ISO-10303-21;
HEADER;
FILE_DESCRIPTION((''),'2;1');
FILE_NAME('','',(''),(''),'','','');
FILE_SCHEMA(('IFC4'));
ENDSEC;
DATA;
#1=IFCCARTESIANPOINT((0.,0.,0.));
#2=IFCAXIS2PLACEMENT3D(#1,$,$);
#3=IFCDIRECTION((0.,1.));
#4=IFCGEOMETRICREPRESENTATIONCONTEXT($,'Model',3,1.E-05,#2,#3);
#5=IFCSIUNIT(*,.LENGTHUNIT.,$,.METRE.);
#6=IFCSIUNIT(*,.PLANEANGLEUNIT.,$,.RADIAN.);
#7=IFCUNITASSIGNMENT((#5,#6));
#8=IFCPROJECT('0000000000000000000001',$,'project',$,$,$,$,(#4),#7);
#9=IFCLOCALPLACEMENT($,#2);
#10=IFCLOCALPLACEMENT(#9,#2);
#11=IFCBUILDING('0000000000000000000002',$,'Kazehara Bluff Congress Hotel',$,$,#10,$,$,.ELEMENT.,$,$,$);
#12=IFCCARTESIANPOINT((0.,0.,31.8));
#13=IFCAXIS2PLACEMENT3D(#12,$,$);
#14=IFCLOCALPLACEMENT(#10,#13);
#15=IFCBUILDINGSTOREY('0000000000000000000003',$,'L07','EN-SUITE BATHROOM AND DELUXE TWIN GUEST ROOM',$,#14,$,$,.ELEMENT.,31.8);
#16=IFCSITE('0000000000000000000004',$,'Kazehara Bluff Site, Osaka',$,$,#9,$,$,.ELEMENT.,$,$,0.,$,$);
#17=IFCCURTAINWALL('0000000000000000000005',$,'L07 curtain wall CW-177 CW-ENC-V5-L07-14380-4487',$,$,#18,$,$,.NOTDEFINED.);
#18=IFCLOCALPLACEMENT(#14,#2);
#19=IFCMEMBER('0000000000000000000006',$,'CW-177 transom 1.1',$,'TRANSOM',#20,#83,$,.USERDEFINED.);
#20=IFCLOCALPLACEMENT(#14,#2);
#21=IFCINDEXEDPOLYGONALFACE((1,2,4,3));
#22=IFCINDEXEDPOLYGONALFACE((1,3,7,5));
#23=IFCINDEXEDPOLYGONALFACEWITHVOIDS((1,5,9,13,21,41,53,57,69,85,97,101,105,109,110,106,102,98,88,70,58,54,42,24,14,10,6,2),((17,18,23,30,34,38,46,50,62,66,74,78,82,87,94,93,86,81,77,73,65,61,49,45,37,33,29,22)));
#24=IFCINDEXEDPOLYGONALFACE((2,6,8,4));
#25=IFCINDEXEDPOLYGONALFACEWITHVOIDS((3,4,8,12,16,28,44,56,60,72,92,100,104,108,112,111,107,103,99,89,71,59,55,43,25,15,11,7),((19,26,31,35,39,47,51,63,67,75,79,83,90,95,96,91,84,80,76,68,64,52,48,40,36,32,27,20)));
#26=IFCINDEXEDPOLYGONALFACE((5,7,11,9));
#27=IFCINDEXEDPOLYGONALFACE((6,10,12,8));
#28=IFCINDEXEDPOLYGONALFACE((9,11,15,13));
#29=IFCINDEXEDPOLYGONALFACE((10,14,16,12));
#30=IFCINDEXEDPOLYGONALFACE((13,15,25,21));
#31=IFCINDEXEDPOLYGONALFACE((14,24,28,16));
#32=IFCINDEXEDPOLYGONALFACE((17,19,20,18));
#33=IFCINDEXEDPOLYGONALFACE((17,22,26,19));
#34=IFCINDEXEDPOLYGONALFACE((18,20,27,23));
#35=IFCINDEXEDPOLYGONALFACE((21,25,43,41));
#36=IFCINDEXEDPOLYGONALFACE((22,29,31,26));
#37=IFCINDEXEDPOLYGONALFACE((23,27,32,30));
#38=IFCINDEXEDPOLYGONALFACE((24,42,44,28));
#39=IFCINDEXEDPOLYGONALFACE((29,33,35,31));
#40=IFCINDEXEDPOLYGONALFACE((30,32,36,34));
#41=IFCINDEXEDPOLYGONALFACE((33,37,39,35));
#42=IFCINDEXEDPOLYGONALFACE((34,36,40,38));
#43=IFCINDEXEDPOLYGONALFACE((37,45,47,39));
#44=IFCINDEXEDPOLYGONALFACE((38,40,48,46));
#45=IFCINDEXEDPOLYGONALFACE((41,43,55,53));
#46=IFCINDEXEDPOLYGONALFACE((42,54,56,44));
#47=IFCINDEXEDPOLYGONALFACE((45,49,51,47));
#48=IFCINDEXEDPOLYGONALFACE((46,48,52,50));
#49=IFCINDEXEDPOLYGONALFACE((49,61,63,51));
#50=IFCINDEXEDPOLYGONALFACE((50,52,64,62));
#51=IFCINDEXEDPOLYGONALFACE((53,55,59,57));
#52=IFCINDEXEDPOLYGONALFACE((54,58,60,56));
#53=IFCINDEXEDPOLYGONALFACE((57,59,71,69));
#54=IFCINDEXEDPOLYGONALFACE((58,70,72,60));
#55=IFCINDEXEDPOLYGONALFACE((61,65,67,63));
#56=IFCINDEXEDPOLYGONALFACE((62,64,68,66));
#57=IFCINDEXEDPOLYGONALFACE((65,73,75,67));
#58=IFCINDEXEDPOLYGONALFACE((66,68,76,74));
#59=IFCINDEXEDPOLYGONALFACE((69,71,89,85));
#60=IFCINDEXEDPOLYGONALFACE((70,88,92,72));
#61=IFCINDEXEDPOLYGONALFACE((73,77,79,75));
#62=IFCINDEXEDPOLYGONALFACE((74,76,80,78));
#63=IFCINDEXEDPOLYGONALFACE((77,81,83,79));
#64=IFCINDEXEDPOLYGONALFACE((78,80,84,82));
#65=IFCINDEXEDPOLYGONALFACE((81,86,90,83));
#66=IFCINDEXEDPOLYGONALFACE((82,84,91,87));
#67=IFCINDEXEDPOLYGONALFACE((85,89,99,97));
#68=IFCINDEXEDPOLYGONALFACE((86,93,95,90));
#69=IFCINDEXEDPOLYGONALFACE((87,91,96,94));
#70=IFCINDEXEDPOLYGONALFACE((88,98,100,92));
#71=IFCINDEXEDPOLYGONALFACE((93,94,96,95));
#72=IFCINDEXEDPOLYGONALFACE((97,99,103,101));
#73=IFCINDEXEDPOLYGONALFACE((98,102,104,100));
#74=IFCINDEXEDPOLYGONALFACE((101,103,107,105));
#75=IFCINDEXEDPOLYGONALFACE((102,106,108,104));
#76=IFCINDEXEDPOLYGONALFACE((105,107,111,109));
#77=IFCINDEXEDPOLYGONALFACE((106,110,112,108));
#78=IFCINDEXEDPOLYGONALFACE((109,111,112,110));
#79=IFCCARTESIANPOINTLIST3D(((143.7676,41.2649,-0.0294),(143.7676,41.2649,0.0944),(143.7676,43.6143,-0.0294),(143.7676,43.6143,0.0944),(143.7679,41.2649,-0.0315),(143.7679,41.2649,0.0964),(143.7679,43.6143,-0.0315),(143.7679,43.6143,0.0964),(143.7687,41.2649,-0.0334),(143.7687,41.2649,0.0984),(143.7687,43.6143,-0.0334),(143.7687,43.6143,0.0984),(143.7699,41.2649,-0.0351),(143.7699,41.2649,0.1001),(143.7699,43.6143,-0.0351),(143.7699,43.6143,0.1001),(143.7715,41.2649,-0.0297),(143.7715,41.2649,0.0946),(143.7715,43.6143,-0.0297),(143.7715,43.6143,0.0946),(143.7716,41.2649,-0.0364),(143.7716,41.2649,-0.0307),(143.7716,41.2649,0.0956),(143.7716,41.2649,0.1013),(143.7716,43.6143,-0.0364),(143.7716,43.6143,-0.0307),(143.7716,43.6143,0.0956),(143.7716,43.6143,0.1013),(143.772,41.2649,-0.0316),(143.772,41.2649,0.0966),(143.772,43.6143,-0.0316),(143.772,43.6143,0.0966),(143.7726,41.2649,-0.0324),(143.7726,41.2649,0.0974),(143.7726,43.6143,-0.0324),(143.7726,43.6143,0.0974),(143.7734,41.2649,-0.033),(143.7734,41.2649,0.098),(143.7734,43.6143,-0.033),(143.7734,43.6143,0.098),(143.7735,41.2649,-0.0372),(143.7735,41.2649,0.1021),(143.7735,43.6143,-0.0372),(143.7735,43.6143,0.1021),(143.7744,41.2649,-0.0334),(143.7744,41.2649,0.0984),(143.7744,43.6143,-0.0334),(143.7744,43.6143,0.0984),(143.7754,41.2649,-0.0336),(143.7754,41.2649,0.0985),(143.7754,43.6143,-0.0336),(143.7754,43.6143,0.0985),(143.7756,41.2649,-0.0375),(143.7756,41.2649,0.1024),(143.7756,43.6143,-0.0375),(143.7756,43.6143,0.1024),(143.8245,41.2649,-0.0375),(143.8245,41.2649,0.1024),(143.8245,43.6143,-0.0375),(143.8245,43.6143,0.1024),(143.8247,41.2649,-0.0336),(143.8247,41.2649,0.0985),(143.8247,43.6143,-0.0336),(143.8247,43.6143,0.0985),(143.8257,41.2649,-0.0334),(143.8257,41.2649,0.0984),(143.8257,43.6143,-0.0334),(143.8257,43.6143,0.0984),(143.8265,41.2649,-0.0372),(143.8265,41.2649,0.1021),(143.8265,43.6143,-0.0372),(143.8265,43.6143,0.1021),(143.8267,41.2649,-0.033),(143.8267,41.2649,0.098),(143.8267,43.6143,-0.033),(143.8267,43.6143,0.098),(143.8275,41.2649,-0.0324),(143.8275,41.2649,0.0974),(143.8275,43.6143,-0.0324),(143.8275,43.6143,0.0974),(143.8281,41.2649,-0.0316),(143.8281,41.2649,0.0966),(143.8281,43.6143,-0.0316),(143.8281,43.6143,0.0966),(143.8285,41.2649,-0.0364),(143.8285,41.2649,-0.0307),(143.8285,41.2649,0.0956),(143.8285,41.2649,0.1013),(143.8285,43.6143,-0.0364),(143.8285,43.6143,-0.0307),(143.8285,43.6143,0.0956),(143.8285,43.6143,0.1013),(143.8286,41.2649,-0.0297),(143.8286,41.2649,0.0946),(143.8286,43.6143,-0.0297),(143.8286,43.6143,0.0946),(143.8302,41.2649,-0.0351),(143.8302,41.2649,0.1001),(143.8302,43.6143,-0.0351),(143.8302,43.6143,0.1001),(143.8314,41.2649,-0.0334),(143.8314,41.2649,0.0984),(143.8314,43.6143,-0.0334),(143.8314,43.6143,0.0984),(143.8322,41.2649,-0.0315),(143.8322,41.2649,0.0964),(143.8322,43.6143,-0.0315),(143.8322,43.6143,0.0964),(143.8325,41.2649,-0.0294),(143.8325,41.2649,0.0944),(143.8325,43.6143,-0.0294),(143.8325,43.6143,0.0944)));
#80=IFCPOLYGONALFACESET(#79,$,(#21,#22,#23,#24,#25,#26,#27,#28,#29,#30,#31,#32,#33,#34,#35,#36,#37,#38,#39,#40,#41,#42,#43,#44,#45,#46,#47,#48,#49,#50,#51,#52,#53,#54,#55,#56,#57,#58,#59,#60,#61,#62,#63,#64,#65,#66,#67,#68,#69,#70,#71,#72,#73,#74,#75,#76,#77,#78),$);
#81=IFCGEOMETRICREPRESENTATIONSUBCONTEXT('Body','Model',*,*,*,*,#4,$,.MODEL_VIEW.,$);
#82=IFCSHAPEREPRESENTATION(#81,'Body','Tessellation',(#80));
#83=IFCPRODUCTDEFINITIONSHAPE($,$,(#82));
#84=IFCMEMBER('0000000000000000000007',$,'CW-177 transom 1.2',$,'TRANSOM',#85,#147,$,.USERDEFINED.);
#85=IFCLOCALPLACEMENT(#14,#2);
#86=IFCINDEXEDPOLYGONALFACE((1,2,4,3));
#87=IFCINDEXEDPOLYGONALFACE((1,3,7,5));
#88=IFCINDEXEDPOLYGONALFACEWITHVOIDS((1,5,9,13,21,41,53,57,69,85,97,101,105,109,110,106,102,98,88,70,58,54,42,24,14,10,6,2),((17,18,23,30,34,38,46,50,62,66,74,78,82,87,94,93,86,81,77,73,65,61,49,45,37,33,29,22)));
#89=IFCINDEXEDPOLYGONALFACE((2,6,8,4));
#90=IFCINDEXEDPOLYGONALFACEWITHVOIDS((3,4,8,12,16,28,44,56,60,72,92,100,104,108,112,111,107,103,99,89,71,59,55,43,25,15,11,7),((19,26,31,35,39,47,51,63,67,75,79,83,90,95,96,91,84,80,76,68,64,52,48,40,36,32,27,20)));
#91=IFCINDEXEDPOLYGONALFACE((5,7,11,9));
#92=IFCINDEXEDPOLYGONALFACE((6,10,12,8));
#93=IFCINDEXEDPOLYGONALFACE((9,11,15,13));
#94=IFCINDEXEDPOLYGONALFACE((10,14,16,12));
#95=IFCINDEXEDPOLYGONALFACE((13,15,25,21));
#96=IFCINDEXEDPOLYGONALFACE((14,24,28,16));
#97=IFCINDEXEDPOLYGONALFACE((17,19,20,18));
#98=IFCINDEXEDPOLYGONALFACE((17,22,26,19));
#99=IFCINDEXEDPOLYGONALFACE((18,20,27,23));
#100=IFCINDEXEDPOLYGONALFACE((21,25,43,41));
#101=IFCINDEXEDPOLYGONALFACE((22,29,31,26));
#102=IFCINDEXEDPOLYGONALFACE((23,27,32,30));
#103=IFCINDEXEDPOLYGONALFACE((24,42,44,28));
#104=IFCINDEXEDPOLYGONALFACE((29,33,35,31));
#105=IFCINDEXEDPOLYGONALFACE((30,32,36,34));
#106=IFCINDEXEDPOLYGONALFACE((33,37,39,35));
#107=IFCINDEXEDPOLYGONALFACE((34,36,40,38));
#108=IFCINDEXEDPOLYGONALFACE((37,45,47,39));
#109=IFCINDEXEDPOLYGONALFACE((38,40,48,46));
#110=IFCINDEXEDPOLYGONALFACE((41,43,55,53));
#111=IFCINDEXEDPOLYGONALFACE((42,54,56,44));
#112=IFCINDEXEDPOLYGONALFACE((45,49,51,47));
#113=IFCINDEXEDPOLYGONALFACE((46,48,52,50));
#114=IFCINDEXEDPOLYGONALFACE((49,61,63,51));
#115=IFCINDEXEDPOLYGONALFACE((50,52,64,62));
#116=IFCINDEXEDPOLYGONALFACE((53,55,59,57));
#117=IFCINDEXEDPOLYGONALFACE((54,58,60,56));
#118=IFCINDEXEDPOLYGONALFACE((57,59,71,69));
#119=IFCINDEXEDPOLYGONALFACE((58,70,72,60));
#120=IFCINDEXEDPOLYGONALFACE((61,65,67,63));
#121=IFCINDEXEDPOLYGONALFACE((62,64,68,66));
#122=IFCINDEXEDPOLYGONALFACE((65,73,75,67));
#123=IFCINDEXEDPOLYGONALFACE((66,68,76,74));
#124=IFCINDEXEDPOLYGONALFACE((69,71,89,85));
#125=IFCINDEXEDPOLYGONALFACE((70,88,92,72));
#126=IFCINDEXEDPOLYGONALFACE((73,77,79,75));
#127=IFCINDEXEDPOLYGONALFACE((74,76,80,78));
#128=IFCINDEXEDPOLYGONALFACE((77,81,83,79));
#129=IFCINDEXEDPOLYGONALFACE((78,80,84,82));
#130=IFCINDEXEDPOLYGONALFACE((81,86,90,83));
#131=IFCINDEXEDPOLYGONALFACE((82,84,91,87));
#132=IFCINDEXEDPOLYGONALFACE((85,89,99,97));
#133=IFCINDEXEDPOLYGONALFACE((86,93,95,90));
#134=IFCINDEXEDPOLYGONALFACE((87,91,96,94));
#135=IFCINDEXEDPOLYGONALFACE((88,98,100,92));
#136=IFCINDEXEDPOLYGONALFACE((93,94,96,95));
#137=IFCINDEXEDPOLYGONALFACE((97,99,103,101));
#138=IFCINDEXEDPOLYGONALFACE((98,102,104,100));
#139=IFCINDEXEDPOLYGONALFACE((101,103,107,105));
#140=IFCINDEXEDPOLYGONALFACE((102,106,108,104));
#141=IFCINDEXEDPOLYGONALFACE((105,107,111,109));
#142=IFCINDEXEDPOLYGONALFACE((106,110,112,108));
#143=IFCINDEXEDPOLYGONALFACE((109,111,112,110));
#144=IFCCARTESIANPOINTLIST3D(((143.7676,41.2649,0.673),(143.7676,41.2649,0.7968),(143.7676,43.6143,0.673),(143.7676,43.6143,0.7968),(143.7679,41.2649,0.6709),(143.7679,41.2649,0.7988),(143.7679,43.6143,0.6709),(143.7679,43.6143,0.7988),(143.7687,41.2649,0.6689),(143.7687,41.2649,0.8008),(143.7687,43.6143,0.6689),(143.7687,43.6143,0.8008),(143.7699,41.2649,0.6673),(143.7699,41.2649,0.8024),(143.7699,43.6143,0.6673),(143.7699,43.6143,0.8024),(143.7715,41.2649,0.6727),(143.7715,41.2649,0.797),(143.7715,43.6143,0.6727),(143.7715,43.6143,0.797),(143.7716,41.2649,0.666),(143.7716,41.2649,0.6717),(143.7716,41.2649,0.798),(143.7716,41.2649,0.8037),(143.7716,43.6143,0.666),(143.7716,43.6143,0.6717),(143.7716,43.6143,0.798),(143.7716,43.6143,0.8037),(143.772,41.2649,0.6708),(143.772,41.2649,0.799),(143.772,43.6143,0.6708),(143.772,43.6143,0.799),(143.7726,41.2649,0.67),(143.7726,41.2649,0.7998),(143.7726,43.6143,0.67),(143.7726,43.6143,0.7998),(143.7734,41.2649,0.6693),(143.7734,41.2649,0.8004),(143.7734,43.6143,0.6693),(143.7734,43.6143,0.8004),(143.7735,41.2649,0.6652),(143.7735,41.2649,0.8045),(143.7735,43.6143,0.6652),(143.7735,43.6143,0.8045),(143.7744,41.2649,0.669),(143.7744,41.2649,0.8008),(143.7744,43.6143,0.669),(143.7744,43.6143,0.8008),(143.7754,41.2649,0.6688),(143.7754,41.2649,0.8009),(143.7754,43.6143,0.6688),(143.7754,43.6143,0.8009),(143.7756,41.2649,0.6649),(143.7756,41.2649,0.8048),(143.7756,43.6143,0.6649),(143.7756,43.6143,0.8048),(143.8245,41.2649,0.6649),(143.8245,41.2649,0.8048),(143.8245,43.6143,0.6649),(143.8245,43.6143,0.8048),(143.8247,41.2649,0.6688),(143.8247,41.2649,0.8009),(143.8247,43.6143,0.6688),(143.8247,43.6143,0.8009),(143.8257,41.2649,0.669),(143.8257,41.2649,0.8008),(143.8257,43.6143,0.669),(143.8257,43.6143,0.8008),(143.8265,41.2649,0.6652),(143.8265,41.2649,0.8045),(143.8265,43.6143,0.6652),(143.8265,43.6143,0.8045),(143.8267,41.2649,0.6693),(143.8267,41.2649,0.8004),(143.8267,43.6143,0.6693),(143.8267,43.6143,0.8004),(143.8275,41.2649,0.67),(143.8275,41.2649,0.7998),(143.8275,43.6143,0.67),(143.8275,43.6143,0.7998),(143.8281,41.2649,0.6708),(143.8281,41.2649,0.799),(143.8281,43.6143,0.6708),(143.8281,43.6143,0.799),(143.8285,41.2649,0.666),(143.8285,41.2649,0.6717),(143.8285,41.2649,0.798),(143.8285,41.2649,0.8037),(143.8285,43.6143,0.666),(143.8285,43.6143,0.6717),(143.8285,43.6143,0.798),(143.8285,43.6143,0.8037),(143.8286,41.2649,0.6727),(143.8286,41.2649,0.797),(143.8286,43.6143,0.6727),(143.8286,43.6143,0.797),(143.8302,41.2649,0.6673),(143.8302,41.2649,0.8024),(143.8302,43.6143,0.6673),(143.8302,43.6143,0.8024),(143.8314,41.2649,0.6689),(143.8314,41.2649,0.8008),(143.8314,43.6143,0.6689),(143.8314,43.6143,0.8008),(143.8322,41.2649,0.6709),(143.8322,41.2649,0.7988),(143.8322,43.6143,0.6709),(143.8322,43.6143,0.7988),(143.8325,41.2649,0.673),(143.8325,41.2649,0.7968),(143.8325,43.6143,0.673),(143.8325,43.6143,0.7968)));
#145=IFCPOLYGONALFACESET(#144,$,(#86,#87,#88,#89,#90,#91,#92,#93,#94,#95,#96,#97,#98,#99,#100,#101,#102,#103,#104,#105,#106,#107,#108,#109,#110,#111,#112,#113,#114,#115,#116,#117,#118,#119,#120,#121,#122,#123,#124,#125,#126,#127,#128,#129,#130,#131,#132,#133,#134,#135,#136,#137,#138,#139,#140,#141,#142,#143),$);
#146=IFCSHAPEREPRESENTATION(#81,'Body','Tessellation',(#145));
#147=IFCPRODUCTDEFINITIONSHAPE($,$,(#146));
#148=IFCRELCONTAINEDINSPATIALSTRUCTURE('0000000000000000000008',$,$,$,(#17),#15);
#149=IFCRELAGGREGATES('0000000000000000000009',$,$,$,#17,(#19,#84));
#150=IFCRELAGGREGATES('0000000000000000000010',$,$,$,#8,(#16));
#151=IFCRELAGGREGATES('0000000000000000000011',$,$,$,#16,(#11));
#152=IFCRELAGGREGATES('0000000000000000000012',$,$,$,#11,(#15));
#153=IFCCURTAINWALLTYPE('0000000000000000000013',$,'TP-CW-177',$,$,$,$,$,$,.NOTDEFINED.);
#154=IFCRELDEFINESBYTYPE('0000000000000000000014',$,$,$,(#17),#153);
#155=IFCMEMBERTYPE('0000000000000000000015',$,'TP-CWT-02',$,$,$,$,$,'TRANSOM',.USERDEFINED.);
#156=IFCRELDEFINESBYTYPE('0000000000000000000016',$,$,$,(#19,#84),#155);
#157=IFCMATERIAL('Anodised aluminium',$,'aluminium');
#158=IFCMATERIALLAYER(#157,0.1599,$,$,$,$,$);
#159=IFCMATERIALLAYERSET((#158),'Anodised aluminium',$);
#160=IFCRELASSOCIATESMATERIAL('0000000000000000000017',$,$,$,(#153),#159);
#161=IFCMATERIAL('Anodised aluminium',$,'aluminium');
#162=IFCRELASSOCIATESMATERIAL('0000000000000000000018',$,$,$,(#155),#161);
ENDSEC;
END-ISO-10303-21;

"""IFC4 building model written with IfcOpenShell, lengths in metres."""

from ifc_helpers import new_model, si_unit, direction, frame, origin, origin_2d, place, context, subcontext, project, spatial, hollow_rectangle, extrude, material, layer, layer_set, material_profile, profile_set, type_object, element, aggregate, save


model = new_model("IFC4")

# Units and contexts
model_context = context("Model", 3, precision=1e-05, world=origin(), true_north=direction((0.0, 1.0)))
body_context = subcontext(model_context, "Body", "Model", "MODEL_VIEW")
ifc_project = project(units=[si_unit("LENGTHUNIT", "METRE"), si_unit("PLANEANGLEUNIT", "RADIAN")], contexts=[model_context])

# Site, building, storey
site_placement = place(None, origin())
site = spatial("IfcSite", under=ifc_project, at=site_placement, Name="Kazehara Bluff Site, Osaka", CompositionType="ELEMENT", RefElevation=0.0)
building_placement = place(site_placement, origin())
building = spatial("IfcBuilding", under=site, at=building_placement, Name="Kazehara Bluff Congress Hotel", CompositionType="ELEMENT")
storey_placement = place(building_placement, frame((0.0, 0.0, 31.8)))
storey = spatial("IfcBuildingStorey", under=building, at=storey_placement, Name="L07", Description="EN-SUITE BATHROOM AND DELUXE TWIN GUEST ROOM", CompositionType="ELEMENT", Elevation=31.8)

# Curtain wall
ifc_material_1 = material(Name="Anodised aluminium", Category="aluminium")
ifc_layer_1 = layer(ifc_material_1, 0.1599)
ifc_layer_set_1 = layer_set([ifc_layer_1], Name="Anodised aluminium")
curtain_wall_type_1 = type_object("IfcCurtainWallType", Name="TP-CW-177", PredefinedType="NOTDEFINED", material=ifc_layer_set_1)
curtain_wall_1_placement = place(storey_placement, origin())
curtain_wall_1 = element("IfcCurtainWall", 1, at=curtain_wall_1_placement, inside=storey, type_object=curtain_wall_type_1, Name="L07 curtain wall CW-177 CW-ENC-V5-L07-14380-4487", PredefinedType="NOTDEFINED")

# Members
ifc_material_2 = material(Name="Anodised aluminium", Category="aluminium")
ifc_material_profile_1 = material_profile(ifc_material_2, hollow_rectangle(XDim=0.0649, YDim=0.1399, WallThickness=0.0039, InnerFilletRadius=0.0039, OuterFilletRadius=0.0081, at=origin_2d()))
ifc_profile_set_1 = profile_set([ifc_material_profile_1], Name="Anodised aluminium")
member_type_1 = type_object("IfcMemberType", Name="TP-CWT-02", ElementType="TRANSOM", PredefinedType="USERDEFINED", material=ifc_profile_set_1)
member_1_placement = place(storey_placement, frame((143.8, 41.2649, 0.0325), z_axis=(0.0, 1.0, 0.0), x_axis=(-1.0, 0.0, 0.0)))
member_1 = element("IfcMember", 2, at=member_1_placement, type_object=member_type_1, Name="CW-177 transom 1.1", ObjectType="TRANSOM", PredefinedType="USERDEFINED", context=body_context, shape_type="SweptSolid", body=[
    extrude(hollow_rectangle(XDim=0.0649, YDim=0.1399, WallThickness=0.0039, InnerFilletRadius=0.0039, OuterFilletRadius=0.0081, at=origin_2d()), origin(), (0.0, 0.0, 1.0), 2.3494),
])
member_2_placement = place(storey_placement, frame((143.8, 41.2649, 0.7349), z_axis=(0.0, 1.0, 0.0), x_axis=(-1.0, 0.0, 0.0)))
member_2 = element("IfcMember", 3, at=member_2_placement, type_object=member_type_1, Name="CW-177 transom 1.2", ObjectType="TRANSOM", PredefinedType="USERDEFINED", context=body_context, shape_type="SweptSolid", body=[
    extrude(hollow_rectangle(XDim=0.0649, YDim=0.1399, WallThickness=0.0039, InnerFilletRadius=0.0039, OuterFilletRadius=0.0081, at=origin_2d()), origin(), (0.0, 0.0, 1.0), 2.3494),
])

aggregate(curtain_wall_1, [member_1, member_2])

save(model, "model.ifc")
